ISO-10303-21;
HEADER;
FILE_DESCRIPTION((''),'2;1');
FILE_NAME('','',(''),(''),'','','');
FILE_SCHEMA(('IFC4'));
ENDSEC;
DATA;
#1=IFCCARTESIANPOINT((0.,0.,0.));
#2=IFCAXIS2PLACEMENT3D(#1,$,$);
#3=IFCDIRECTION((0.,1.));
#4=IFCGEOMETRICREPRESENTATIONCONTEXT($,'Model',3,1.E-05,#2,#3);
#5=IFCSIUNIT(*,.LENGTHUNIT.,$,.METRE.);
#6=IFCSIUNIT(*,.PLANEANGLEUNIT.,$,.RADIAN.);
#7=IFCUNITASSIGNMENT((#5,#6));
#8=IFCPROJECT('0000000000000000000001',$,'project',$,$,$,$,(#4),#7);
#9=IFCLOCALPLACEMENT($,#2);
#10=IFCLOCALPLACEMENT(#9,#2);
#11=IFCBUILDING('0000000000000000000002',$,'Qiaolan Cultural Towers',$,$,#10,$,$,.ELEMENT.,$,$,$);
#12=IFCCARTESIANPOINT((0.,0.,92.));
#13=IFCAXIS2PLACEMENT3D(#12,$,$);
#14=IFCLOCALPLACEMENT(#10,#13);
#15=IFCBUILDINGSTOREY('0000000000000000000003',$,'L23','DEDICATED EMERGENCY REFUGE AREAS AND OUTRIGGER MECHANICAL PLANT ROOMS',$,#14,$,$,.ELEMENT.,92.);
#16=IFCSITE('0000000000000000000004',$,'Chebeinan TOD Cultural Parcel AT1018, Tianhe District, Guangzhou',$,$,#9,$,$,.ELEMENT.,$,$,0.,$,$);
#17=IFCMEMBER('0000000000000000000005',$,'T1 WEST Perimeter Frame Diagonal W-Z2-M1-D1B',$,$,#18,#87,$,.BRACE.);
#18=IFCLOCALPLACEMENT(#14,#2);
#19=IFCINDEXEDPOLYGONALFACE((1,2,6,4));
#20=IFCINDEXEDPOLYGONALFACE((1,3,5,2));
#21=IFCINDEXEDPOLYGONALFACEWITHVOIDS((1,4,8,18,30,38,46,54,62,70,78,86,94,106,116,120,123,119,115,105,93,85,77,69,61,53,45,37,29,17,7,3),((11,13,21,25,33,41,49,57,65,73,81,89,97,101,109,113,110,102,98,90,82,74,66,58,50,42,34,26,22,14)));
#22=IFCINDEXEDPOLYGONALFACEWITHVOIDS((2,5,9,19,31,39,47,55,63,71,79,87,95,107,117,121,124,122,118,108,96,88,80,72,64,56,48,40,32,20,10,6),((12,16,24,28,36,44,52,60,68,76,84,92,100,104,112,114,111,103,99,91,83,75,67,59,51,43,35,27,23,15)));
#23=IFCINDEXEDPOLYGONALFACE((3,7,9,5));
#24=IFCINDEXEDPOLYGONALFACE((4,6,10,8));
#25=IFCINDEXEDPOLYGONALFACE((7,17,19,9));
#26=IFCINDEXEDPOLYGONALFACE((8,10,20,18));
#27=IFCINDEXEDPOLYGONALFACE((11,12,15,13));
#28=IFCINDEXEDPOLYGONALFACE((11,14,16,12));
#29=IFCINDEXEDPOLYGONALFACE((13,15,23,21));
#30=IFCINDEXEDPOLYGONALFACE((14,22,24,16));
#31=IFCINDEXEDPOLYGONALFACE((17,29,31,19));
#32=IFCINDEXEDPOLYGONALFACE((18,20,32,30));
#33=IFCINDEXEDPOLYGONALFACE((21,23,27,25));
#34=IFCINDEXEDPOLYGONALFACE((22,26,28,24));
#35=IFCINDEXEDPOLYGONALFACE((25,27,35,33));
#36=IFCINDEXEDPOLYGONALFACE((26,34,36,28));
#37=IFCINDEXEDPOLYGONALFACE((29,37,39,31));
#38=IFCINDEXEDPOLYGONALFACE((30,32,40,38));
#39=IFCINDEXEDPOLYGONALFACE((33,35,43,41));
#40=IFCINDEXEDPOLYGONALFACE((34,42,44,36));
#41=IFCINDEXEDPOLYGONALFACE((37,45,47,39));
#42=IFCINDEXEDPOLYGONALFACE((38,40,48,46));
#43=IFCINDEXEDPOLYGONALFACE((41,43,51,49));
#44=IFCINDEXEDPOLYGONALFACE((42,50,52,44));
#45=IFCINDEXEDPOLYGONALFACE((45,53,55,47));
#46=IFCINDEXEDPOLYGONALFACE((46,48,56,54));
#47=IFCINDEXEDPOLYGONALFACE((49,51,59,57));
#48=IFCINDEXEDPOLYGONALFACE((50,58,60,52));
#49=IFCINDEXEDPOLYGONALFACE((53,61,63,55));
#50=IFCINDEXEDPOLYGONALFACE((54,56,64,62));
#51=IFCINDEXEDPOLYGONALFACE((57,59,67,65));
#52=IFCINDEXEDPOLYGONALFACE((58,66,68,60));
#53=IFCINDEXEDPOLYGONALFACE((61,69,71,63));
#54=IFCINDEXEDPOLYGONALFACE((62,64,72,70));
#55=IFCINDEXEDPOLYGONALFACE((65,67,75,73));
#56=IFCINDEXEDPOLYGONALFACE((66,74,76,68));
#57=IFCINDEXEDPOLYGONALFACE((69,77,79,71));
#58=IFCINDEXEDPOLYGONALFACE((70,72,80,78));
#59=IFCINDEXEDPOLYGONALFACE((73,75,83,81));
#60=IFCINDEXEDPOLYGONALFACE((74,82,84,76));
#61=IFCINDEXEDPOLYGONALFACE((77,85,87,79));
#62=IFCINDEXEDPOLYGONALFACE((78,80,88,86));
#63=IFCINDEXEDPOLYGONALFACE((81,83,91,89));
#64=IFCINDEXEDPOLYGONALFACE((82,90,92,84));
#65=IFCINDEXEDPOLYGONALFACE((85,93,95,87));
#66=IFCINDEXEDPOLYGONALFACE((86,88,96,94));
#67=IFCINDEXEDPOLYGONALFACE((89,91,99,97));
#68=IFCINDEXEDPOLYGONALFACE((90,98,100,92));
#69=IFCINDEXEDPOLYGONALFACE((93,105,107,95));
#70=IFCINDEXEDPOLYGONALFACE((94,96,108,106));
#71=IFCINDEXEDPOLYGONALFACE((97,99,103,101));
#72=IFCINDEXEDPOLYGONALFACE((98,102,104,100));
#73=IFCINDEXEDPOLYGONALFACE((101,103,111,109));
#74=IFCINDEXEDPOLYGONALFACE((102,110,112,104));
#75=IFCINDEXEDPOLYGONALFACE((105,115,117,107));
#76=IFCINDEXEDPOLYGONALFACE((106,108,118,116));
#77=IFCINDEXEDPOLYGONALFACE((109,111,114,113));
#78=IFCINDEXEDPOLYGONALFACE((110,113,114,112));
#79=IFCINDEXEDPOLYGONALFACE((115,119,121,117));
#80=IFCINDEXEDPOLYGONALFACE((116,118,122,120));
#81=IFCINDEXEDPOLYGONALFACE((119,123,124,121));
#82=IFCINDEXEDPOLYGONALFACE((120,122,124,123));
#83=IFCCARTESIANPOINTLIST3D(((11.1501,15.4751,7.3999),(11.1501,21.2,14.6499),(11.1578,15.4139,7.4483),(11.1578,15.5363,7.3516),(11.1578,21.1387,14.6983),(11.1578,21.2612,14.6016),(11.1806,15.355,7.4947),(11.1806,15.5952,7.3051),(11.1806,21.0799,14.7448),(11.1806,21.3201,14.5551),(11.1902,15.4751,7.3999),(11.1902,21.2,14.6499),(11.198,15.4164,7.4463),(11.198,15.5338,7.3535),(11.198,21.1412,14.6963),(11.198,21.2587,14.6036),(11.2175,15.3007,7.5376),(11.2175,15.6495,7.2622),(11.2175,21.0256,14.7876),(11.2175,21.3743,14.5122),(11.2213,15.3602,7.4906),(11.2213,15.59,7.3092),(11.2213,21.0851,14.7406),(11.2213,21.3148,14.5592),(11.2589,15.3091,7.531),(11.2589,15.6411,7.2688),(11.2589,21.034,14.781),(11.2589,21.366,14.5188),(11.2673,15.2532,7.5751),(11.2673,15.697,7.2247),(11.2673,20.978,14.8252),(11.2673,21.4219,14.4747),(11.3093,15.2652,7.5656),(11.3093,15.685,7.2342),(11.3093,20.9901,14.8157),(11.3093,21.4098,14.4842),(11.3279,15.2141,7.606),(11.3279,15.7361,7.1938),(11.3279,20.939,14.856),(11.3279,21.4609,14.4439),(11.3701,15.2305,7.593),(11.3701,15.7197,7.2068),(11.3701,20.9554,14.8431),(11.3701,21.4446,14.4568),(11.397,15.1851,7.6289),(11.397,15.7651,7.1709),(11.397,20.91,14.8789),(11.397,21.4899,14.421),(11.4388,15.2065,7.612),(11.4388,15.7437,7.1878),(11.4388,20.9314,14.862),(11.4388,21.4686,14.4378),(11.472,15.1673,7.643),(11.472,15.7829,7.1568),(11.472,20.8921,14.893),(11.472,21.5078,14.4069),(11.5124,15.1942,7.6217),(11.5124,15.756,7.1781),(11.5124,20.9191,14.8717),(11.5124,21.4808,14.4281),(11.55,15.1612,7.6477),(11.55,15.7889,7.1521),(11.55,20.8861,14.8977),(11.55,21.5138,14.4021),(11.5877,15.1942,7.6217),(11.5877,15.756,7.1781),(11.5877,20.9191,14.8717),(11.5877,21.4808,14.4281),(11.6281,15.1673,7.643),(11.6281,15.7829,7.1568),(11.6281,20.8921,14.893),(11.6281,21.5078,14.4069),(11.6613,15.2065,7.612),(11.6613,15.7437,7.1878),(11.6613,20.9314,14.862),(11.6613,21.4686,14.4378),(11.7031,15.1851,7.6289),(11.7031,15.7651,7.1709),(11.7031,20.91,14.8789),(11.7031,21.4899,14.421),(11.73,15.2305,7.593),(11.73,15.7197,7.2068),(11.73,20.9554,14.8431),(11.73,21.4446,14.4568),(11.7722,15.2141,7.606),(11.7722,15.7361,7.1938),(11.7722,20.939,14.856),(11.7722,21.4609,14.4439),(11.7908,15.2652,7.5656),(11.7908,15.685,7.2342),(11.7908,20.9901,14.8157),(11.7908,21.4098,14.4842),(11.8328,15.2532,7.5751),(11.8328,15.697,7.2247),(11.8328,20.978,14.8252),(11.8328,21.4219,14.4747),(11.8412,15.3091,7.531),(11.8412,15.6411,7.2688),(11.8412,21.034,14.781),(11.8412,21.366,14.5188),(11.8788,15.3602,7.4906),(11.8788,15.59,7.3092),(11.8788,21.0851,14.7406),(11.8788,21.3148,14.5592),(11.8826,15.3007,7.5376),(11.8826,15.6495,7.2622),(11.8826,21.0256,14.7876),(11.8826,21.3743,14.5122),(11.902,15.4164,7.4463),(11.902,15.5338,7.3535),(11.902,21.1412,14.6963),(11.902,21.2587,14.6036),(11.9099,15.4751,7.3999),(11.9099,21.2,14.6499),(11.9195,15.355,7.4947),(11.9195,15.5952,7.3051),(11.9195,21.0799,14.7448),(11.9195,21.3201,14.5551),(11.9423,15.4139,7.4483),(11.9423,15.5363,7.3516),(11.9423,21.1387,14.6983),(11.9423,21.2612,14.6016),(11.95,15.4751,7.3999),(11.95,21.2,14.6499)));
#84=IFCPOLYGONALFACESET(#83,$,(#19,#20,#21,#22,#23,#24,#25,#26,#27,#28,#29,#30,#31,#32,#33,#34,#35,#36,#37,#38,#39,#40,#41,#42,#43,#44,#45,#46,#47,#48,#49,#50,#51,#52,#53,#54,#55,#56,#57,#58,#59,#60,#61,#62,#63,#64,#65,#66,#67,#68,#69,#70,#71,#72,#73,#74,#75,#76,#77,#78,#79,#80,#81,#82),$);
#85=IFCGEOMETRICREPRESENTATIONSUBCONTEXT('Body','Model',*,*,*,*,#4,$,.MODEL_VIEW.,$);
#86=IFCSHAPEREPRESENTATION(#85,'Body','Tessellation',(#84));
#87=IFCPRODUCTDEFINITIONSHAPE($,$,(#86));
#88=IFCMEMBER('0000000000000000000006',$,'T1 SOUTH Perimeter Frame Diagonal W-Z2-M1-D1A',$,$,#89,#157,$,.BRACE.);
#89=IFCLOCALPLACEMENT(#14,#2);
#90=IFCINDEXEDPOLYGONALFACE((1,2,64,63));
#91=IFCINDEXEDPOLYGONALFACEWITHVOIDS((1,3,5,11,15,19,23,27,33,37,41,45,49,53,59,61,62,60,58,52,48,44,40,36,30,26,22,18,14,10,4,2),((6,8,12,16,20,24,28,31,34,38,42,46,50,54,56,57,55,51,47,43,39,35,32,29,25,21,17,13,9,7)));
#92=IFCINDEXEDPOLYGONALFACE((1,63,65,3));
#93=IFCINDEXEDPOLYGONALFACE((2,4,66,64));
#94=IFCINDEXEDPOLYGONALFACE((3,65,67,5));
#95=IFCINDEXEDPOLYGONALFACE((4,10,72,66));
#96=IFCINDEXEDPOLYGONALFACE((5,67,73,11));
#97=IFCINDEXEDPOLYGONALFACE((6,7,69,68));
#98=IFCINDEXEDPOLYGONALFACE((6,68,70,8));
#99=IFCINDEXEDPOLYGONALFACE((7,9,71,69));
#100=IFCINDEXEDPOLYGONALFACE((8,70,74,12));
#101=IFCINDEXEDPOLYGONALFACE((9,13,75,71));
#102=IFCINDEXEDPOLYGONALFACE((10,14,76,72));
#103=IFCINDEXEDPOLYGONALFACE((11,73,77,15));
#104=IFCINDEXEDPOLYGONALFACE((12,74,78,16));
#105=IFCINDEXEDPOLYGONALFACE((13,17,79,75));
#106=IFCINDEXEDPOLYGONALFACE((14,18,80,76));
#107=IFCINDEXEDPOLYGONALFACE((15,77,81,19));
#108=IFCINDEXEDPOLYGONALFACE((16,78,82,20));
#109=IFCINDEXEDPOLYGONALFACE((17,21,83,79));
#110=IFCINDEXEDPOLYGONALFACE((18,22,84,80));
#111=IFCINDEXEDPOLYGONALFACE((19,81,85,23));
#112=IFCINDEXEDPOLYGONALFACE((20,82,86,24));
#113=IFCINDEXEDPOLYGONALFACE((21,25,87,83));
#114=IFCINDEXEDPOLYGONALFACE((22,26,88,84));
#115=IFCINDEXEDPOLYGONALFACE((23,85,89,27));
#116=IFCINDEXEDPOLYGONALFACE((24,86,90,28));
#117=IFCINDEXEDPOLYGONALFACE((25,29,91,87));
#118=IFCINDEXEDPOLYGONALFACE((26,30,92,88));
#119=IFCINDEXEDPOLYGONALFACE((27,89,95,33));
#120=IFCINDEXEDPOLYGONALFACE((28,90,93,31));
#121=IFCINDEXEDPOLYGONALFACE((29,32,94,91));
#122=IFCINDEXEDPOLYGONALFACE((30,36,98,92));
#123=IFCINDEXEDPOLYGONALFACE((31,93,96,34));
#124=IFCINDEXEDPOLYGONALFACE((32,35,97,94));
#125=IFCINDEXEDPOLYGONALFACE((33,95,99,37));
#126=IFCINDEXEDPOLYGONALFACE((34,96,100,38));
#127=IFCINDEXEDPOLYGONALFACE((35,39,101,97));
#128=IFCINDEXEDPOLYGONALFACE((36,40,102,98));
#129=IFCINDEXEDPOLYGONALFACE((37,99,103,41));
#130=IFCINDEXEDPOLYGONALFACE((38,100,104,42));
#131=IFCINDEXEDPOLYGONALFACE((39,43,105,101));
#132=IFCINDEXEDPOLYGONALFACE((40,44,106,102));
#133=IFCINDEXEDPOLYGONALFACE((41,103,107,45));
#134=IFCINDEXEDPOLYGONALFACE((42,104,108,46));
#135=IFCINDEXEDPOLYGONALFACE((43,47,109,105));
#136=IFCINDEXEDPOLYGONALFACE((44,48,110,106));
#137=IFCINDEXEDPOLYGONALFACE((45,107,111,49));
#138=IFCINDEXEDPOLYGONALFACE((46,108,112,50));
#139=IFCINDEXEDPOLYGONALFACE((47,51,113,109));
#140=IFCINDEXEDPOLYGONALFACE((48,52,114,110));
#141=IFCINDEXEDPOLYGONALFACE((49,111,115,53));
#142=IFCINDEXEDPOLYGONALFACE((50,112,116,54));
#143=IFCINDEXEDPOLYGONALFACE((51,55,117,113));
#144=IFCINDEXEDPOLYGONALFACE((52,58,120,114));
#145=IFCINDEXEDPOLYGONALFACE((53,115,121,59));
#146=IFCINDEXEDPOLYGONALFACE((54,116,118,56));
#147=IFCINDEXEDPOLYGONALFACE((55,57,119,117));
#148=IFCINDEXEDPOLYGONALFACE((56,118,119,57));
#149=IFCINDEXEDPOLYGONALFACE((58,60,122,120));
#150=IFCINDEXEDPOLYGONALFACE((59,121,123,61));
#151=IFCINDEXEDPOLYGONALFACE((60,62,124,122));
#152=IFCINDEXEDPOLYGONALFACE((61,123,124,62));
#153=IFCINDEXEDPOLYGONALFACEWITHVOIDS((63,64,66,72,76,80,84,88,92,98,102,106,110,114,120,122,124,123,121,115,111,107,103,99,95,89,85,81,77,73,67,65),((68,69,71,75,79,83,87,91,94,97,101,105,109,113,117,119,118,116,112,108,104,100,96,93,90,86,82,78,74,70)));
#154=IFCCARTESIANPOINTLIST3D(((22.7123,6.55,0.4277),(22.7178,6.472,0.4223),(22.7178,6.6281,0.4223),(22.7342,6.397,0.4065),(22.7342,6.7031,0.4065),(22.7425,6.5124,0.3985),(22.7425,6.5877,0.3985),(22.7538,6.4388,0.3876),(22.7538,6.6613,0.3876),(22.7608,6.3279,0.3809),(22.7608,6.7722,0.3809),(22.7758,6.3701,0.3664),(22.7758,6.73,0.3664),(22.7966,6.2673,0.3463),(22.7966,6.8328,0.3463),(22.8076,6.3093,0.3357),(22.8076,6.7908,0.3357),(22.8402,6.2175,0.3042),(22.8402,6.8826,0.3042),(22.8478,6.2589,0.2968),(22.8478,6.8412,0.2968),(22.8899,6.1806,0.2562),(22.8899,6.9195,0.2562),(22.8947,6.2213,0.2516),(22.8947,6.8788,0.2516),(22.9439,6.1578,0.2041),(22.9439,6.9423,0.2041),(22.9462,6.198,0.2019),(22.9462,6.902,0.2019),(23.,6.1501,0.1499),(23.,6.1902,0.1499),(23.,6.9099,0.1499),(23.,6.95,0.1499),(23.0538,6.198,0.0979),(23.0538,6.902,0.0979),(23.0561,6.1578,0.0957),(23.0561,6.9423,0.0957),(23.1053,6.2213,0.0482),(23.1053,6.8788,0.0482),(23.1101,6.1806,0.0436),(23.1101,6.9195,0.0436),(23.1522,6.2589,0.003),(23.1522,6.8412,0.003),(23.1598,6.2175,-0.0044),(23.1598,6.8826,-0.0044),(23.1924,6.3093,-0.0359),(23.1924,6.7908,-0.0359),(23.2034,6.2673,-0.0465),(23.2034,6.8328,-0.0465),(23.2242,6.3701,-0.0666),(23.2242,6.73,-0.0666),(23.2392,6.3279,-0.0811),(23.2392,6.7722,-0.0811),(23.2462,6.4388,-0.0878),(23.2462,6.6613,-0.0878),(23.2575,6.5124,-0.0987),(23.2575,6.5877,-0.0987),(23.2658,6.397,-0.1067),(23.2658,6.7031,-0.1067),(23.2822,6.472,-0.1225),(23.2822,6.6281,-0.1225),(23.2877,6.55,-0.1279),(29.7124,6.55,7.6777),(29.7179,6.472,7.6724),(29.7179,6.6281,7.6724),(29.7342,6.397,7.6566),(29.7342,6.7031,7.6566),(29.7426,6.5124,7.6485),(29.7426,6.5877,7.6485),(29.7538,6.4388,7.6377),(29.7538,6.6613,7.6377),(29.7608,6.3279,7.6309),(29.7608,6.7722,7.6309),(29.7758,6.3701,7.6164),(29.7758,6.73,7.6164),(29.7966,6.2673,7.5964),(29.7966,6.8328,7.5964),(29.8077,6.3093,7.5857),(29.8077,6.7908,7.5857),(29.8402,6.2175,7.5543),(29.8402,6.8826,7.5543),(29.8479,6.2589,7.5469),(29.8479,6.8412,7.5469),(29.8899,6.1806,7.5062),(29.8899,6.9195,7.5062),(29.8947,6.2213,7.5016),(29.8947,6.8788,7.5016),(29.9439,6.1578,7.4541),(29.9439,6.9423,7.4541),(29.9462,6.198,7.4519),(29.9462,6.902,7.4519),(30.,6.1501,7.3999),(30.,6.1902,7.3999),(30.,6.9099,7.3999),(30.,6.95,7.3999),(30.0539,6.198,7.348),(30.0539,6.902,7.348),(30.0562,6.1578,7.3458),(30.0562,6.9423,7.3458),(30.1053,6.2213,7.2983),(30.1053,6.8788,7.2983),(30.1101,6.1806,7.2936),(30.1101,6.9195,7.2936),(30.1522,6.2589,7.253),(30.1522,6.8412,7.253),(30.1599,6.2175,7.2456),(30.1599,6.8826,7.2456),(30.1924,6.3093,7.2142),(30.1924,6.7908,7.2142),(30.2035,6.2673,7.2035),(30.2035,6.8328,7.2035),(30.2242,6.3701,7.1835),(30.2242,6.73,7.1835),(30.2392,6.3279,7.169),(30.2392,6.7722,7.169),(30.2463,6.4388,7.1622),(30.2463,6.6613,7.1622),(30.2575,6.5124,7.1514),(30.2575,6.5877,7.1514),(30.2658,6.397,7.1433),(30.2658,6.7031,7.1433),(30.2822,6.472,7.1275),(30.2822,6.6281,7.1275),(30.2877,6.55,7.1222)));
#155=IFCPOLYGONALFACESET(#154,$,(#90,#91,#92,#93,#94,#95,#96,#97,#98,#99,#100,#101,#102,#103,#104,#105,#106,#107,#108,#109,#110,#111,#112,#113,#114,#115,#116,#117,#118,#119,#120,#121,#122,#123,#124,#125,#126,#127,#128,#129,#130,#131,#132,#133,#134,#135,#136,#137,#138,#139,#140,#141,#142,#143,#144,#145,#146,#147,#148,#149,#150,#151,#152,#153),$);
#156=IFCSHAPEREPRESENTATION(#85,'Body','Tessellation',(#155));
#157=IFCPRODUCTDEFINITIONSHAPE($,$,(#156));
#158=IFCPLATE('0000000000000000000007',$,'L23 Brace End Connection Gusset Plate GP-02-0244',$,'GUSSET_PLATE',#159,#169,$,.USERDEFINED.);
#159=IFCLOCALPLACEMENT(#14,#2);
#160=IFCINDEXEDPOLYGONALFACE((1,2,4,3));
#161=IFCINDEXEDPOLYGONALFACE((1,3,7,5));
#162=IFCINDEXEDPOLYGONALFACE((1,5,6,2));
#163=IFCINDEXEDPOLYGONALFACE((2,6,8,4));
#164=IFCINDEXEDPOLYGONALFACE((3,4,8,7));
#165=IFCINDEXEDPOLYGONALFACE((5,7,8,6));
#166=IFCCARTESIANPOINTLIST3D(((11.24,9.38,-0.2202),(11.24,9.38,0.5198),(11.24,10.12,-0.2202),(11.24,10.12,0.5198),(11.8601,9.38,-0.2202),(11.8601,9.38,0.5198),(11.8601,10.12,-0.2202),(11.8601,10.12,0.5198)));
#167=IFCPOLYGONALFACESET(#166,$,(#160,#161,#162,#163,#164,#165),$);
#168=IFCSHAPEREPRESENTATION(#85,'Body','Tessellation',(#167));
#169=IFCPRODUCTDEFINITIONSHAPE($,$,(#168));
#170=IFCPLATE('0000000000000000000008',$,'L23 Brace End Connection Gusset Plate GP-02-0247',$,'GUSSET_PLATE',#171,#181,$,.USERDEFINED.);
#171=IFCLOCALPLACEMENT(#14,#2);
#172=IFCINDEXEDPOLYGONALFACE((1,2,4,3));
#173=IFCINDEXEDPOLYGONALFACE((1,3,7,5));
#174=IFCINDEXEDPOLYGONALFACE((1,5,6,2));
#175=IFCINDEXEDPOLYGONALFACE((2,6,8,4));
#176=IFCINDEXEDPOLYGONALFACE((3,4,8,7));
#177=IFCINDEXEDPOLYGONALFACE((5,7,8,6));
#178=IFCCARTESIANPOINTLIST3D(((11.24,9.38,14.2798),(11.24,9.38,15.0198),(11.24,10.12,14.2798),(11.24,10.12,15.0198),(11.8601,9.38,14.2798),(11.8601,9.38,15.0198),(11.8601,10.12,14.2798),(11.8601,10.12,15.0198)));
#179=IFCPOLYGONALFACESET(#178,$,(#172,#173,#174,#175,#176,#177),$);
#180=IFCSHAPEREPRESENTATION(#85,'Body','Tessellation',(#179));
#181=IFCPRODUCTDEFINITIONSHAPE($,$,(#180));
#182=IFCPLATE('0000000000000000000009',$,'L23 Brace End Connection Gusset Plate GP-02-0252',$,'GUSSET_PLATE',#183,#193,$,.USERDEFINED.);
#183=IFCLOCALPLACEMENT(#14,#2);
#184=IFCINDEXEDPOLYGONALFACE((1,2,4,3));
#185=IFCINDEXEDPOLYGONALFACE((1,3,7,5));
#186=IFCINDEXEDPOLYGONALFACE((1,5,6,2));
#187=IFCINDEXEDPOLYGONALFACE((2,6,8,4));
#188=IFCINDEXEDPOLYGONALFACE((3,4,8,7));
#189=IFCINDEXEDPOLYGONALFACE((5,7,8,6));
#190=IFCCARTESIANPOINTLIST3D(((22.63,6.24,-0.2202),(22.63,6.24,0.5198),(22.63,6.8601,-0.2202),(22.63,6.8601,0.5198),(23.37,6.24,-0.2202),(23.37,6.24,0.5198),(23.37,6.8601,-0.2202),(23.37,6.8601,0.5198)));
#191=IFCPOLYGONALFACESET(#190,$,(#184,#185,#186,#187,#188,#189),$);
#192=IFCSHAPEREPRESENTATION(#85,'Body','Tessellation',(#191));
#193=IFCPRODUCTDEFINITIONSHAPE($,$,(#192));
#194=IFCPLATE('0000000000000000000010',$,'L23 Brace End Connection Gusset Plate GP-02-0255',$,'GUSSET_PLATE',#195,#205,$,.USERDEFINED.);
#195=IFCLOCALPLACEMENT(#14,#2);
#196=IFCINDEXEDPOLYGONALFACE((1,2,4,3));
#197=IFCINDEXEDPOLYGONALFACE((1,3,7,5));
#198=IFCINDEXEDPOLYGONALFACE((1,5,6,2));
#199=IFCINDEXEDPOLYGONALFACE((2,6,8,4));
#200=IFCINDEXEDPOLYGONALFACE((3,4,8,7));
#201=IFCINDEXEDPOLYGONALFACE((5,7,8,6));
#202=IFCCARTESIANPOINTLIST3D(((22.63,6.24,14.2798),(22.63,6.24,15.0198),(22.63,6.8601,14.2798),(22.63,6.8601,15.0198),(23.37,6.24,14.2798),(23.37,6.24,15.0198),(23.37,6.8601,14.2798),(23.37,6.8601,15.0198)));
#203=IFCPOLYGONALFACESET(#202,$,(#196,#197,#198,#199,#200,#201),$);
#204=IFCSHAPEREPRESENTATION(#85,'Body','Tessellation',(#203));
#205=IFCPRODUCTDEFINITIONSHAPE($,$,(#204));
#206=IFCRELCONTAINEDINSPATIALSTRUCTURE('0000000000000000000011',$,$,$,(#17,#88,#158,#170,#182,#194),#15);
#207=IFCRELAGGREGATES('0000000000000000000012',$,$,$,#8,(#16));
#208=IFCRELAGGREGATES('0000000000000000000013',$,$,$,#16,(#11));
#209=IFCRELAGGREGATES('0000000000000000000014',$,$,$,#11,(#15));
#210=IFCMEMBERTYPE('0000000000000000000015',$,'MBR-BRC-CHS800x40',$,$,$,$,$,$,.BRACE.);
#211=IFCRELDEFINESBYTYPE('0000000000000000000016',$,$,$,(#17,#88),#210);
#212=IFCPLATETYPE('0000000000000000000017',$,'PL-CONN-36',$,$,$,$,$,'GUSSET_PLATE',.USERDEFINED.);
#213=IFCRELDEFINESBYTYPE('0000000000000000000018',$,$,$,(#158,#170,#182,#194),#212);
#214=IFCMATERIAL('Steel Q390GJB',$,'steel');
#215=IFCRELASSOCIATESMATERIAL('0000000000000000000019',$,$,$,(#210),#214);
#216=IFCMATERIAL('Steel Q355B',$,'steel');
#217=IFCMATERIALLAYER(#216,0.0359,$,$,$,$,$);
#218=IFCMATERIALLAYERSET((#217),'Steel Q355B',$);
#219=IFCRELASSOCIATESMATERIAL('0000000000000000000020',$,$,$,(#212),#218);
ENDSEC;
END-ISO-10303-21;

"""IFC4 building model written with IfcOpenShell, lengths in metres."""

from ifc_helpers import new_model, si_unit, direction, frame, origin, origin_2d, place, context, subcontext, project, spatial, rectangle, hollow_circle, extrude, material, layer, layer_set, material_profile, profile_set, type_object, element, save


model = new_model("IFC4")

# Units and contexts
model_context = context("Model", 3, precision=1e-05, world=origin(), true_north=direction((0.0, 1.0)))
body_context = subcontext(model_context, "Body", "Model", "MODEL_VIEW")
ifc_project = project(units=[si_unit("LENGTHUNIT", "METRE"), si_unit("PLANEANGLEUNIT", "RADIAN")], contexts=[model_context])

# Site, building, storey
site_placement = place(None, origin())
site = spatial("IfcSite", under=ifc_project, at=site_placement, Name="Chebeinan TOD Cultural Parcel AT1018, Tianhe District, Guangzhou", CompositionType="ELEMENT", RefElevation=0.0)
building_placement = place(site_placement, origin())
building = spatial("IfcBuilding", under=site, at=building_placement, Name="Qiaolan Cultural Towers", CompositionType="ELEMENT")
storey_placement = place(building_placement, frame((0.0, 0.0, 92.0)))
storey = spatial("IfcBuildingStorey", under=building, at=storey_placement, Name="L23", Description="DEDICATED EMERGENCY REFUGE AREAS AND OUTRIGGER MECHANICAL PLANT ROOMS", CompositionType="ELEMENT", Elevation=92.0)

# Members
ifc_material_1 = material(Name="Steel Q390GJB", Category="steel")
ifc_material_profile_1 = material_profile(ifc_material_1, hollow_circle(Radius=0.3999, WallThickness=0.04, at=origin_2d()), Name="CHS800x40")
ifc_profile_set_1 = profile_set([ifc_material_profile_1], Name="Steel Q390GJB")
member_type = type_object("IfcMemberType", Name="MBR-BRC-CHS800x40", PredefinedType="BRACE", material=ifc_profile_set_1)
member_1_placement = place(storey_placement, frame((11.55, 15.4751, 7.3999), z_axis=(0.0, 0.619722, 0.784821), x_axis=(-1.0, 0.0, 0.0)))
element("IfcMember", 1, at=member_1_placement, inside=storey, type_object=member_type, Name="T1 WEST Perimeter Frame Diagonal W-Z2-M1-D1B", PredefinedType="BRACE", context=body_context, shape_type="SweptSolid", body=[
    extrude(hollow_circle(Radius=0.3999, WallThickness=0.04, at=origin_2d()), origin(), (0.0, 0.0, 1.0), 9.2378),
])
member_2_placement = place(storey_placement, frame((23.0, 6.55, 0.1499), z_axis=(0.694595, 0.0, 0.719401), x_axis=(0.0, 1.0, 0.0)))
element("IfcMember", 2, at=member_2_placement, inside=storey, type_object=member_type, Name="T1 SOUTH Perimeter Frame Diagonal W-Z2-M1-D1A", PredefinedType="BRACE", context=body_context, shape_type="SweptSolid", body=[
    extrude(hollow_circle(Radius=0.3999, WallThickness=0.04, at=origin_2d()), origin(), (0.0, 0.0, 1.0), 10.0779),
])

# Plates
ifc_material_2 = material(Name="Steel Q355B", Category="steel")
ifc_layer_1 = layer(ifc_material_2, 0.0359)
ifc_layer_set_1 = layer_set([ifc_layer_1], Name="Steel Q355B")
plate_type_1 = type_object("IfcPlateType", Name="PL-CONN-36", ElementType="GUSSET_PLATE", PredefinedType="USERDEFINED", material=ifc_layer_set_1)
for number, where, z_axis, x_axis, name in (
    (3, (11.55, 9.75, -0.2202), (0.0, 0.0, 1.0), (0.0, 1.0, 0.0), "L23 Brace End Connection Gusset Plate GP-02-0244"),
    (4, (11.55, 9.75, 14.2798), (0.0, 0.0, 1.0), (0.0, 1.0, 0.0), "L23 Brace End Connection Gusset Plate GP-02-0247"),
    (5, (23.0, 6.55, -0.2202), (0.0, 0.0, 1.0), (1.0, 0.0, 0.0), "L23 Brace End Connection Gusset Plate GP-02-0252"),
    (6, (23.0, 6.55, 14.2798), (0.0, 0.0, 1.0), (1.0, 0.0, 0.0), "L23 Brace End Connection Gusset Plate GP-02-0255"),
):
    element("IfcPlate", number, at=place(storey_placement, frame(where, z_axis=z_axis, x_axis=x_axis)), inside=storey, type_object=plate_type_1, Name=name, ObjectType="GUSSET_PLATE", PredefinedType="USERDEFINED", context=body_context, shape_type="SweptSolid", body=[
        extrude(rectangle(XDim=0.74, YDim=0.6201, at=origin_2d()), origin(), (0.0, 0.0, 1.0), 0.74),
    ])

save(model, "model.ifc")
